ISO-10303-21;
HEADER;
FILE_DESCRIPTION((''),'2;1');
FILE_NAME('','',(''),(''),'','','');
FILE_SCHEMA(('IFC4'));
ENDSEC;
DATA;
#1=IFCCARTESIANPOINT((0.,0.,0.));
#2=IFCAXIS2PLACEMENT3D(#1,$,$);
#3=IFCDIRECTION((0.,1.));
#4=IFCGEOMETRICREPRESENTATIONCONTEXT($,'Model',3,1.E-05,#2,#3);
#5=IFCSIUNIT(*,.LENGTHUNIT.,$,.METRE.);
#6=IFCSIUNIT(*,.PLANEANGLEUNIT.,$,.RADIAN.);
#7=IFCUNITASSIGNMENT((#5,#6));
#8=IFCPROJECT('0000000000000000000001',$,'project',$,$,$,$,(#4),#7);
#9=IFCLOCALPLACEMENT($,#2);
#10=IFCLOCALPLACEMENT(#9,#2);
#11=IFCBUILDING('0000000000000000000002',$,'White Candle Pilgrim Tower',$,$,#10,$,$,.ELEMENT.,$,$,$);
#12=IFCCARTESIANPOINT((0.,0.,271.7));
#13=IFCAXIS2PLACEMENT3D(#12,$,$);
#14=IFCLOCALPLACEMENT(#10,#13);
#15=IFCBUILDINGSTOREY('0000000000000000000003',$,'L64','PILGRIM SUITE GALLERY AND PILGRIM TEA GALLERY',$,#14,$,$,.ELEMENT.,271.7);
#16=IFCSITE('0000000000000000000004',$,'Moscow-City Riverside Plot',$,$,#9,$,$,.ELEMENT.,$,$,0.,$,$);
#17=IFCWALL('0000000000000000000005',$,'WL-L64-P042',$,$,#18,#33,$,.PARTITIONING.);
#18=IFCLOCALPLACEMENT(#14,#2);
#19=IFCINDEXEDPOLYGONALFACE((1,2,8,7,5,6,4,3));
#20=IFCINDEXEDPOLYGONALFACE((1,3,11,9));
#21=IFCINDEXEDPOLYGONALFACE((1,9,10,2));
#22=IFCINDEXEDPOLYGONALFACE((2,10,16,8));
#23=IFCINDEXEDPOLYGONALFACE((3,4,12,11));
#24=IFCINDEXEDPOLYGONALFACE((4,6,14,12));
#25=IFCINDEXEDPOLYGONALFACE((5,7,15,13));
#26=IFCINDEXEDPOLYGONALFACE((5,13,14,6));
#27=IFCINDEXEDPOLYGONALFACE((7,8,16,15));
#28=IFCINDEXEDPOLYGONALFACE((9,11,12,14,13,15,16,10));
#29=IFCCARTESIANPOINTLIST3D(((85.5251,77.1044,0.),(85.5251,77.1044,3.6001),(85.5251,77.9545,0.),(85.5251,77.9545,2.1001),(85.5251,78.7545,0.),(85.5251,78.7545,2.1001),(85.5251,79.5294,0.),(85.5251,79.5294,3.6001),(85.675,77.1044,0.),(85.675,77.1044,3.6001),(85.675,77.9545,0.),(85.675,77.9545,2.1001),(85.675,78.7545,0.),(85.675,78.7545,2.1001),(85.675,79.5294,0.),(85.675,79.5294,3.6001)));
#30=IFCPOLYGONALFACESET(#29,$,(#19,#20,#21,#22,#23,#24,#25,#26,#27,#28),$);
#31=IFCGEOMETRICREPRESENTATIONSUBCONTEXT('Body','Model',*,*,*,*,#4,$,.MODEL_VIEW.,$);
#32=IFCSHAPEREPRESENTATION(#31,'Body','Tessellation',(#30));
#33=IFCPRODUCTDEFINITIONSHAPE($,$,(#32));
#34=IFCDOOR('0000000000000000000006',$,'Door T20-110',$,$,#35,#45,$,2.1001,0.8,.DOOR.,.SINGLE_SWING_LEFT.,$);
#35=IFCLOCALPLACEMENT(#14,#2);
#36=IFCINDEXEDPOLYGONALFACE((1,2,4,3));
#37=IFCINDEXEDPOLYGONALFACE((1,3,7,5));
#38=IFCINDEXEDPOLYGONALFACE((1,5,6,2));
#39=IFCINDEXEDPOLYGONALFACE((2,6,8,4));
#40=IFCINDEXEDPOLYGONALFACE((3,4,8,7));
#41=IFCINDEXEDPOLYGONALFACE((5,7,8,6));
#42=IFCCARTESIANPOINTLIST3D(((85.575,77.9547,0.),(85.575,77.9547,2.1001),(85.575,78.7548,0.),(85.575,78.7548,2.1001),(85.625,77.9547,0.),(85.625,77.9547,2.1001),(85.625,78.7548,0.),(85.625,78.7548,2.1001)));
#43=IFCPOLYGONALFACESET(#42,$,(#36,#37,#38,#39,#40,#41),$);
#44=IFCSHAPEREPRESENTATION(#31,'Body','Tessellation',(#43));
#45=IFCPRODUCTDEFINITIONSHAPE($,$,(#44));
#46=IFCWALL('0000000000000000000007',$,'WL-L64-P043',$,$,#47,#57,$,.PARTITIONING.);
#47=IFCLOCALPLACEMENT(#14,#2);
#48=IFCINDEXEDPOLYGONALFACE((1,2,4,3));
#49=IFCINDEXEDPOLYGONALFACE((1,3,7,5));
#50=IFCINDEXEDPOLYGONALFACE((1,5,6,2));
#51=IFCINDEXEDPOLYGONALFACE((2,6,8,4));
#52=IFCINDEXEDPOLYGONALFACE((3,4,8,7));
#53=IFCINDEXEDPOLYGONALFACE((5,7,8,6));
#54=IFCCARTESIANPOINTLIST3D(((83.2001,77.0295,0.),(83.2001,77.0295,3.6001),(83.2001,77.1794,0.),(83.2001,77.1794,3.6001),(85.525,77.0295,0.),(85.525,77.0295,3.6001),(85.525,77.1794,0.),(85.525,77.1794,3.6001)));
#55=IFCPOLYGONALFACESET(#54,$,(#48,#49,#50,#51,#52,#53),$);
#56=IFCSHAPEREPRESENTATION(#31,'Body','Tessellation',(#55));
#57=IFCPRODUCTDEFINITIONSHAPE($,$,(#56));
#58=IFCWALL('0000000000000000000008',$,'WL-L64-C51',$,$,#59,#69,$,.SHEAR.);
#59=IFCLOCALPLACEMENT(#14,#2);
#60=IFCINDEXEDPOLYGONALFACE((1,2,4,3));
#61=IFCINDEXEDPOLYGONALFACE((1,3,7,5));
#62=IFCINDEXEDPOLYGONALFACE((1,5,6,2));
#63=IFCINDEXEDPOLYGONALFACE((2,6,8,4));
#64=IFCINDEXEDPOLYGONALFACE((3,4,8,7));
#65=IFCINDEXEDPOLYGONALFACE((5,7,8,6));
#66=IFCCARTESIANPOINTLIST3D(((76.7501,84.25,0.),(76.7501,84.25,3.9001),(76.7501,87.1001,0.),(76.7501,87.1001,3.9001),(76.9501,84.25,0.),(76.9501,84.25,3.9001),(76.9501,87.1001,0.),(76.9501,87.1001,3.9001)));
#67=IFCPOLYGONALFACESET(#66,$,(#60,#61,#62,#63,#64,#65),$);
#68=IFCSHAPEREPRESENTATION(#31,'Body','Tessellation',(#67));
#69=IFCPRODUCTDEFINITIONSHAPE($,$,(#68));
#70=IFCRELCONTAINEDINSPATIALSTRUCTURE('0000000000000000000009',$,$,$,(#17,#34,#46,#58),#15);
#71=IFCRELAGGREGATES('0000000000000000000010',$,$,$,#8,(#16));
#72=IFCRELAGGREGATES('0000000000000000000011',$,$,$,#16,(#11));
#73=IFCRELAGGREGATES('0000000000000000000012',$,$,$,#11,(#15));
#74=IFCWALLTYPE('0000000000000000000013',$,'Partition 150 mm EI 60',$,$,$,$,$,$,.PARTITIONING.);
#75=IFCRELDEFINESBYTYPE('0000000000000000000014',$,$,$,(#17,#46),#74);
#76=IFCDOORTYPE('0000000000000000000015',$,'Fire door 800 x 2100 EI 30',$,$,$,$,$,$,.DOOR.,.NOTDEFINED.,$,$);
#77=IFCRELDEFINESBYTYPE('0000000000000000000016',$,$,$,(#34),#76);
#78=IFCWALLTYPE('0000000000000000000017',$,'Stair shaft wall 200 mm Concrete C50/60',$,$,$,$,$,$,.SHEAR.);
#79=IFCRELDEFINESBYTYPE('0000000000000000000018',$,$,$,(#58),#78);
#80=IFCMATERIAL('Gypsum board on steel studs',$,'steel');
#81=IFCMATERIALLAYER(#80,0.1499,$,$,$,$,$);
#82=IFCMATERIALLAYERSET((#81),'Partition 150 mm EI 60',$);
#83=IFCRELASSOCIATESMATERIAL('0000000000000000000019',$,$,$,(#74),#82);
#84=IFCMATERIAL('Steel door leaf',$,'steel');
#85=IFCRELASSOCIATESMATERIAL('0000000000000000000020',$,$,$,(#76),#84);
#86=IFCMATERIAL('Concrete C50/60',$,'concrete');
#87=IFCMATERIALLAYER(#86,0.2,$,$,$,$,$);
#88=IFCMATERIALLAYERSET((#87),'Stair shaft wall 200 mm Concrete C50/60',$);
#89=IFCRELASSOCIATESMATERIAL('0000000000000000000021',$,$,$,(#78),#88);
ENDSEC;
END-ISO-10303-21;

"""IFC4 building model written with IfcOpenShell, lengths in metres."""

from ifc_helpers import new_model, si_unit, direction, frame, frame_2d, origin, place, context, subcontext, project, spatial, rectangle, extrude, material, layer, layer_set, type_object, element, fill, save


model = new_model("IFC4")

# Units and contexts
model_context = context("Model", 3, precision=1e-05, world=origin(), true_north=direction((0.0, 1.0)))
body_context = subcontext(model_context, "Body", "Model", "MODEL_VIEW")
ifc_project = project(units=[si_unit("LENGTHUNIT", "METRE"), si_unit("PLANEANGLEUNIT", "RADIAN")], contexts=[model_context])

# Site, building, storey
site_placement = place(None, origin())
site = spatial("IfcSite", under=ifc_project, at=site_placement, Name="Moscow-City Riverside Plot", CompositionType="ELEMENT", RefElevation=0.0)
building_placement = place(site_placement, origin())
building = spatial("IfcBuilding", under=site, at=building_placement, Name="White Candle Pilgrim Tower", CompositionType="ELEMENT")
storey_placement = place(building_placement, frame((0.0, 0.0, 271.7)))
storey = spatial("IfcBuildingStorey", under=building, at=storey_placement, Name="L64", Description="PILGRIM SUITE GALLERY AND PILGRIM TEA GALLERY", CompositionType="ELEMENT", Elevation=271.7)

# Shared definitions
ifc_material_1 = material(Name="Concrete C50/60", Category="concrete")

# Shared definitions
ifc_material_2 = material(Name="Steel door leaf", Category="steel")

# Shared definitions
ifc_material_3 = material(Name="Gypsum board on steel studs", Category="steel")

# Shared definitions
ifc_layer_1 = layer(ifc_material_3, 0.1499)
ifc_layer_set_1 = layer_set([ifc_layer_1], Name="Partition 150 mm EI 60")
wall_type_1 = type_object("IfcWallType", Name="Partition 150 mm EI 60", PredefinedType="PARTITIONING", material=ifc_layer_set_1)

# Wall, opening, door
wall_1_placement = place(storey_placement, frame((85.6001, 77.1045, 0.0), z_axis=(0.0, 0.0, 1.0), x_axis=(0.0, 1.0, 0.0)))
wall_1 = element("IfcWall", 1, at=wall_1_placement, inside=storey, type_object=wall_type_1, Name="WL-L64-P042", PredefinedType="PARTITIONING", context=body_context, shape_type="SweptSolid", body=[
    extrude(rectangle(XDim=2.425, YDim=0.1499, at=frame_2d((1.2124, 0.0))), origin(), (0.0, 0.0, 1.0), 3.6001),
])
opening_1_placement = place(wall_1_placement, frame((0.8501, 0.0, 0.0)))
opening_1 = element("IfcOpeningElement", 2, at=opening_1_placement, cuts=wall_1, PredefinedType="OPENING", context=body_context, shape_type="SweptSolid", body=[
    extrude(rectangle(XDim=0.8, YDim=2.1001, at=frame_2d((0.3999, 1.05))), frame((0.0, 0.085, 0.0), z_axis=(0.0, -1.0, 0.0), x_axis=(1.0, 0.0, 0.0)), (0.0, 0.0, 1.0), 0.1699),
])
door_type_1 = type_object("IfcDoorType", Name="Fire door 800 x 2100 EI 30", OperationType="NOTDEFINED", PredefinedType="DOOR", material=ifc_material_2)
door_1_placement = place(opening_1_placement, frame((0.8, 0.0, 0.0), z_axis=(0.0, 0.0, 1.0), x_axis=(-1.0, 0.0, 0.0)))
door_1 = element("IfcDoor", 3, at=door_1_placement, inside=storey, type_object=door_type_1, Name="Door T20-110", OperationType="SINGLE_SWING_LEFT", OverallHeight=2.1001, OverallWidth=0.8, PredefinedType="DOOR", context=body_context, shape_type="SweptSolid", body=[
    extrude(rectangle(XDim=0.8, YDim=2.1001, at=frame_2d((0.3999, 1.05))), frame((0.0, 0.0249, 0.0), z_axis=(0.0, -1.0, 0.0), x_axis=(1.0, 0.0, 0.0)), (0.0, 0.0, 1.0), 0.05),
])
fill(opening_1, door_1)

# Walls
wall_2_placement = place(storey_placement, frame((83.2, 77.1045, 0.0), z_axis=(0.0, 0.0, 1.0), x_axis=(1.0, 0.0, 0.0)))
element("IfcWall", 4, at=wall_2_placement, inside=storey, type_object=wall_type_1, Name="WL-L64-P043", PredefinedType="PARTITIONING", context=body_context, shape_type="SweptSolid", body=[
    extrude(rectangle(XDim=2.325, YDim=0.1499, at=frame_2d((1.1626, 0.0))), origin(), (0.0, 0.0, 1.0), 3.6001),
])
ifc_layer_2 = layer(ifc_material_1, 0.2)
ifc_layer_set_2 = layer_set([ifc_layer_2], Name="Stair shaft wall 200 mm Concrete C50/60")
wall_type_2 = type_object("IfcWallType", Name="Stair shaft wall 200 mm Concrete C50/60", PredefinedType="SHEAR", material=ifc_layer_set_2)
wall_3_placement = place(storey_placement, frame((76.8501, 84.25, 0.0), z_axis=(0.0, 0.0, 1.0), x_axis=(0.0, 1.0, 0.0)))
element("IfcWall", 5, at=wall_3_placement, inside=storey, type_object=wall_type_2, Name="WL-L64-C51", PredefinedType="SHEAR", context=body_context, shape_type="SweptSolid", body=[
    extrude(rectangle(XDim=2.8501, YDim=0.2, at=frame_2d((1.425, 0.0))), origin(), (0.0, 0.0, 1.0), 3.9001),
])

save(model, "model.ifc")
